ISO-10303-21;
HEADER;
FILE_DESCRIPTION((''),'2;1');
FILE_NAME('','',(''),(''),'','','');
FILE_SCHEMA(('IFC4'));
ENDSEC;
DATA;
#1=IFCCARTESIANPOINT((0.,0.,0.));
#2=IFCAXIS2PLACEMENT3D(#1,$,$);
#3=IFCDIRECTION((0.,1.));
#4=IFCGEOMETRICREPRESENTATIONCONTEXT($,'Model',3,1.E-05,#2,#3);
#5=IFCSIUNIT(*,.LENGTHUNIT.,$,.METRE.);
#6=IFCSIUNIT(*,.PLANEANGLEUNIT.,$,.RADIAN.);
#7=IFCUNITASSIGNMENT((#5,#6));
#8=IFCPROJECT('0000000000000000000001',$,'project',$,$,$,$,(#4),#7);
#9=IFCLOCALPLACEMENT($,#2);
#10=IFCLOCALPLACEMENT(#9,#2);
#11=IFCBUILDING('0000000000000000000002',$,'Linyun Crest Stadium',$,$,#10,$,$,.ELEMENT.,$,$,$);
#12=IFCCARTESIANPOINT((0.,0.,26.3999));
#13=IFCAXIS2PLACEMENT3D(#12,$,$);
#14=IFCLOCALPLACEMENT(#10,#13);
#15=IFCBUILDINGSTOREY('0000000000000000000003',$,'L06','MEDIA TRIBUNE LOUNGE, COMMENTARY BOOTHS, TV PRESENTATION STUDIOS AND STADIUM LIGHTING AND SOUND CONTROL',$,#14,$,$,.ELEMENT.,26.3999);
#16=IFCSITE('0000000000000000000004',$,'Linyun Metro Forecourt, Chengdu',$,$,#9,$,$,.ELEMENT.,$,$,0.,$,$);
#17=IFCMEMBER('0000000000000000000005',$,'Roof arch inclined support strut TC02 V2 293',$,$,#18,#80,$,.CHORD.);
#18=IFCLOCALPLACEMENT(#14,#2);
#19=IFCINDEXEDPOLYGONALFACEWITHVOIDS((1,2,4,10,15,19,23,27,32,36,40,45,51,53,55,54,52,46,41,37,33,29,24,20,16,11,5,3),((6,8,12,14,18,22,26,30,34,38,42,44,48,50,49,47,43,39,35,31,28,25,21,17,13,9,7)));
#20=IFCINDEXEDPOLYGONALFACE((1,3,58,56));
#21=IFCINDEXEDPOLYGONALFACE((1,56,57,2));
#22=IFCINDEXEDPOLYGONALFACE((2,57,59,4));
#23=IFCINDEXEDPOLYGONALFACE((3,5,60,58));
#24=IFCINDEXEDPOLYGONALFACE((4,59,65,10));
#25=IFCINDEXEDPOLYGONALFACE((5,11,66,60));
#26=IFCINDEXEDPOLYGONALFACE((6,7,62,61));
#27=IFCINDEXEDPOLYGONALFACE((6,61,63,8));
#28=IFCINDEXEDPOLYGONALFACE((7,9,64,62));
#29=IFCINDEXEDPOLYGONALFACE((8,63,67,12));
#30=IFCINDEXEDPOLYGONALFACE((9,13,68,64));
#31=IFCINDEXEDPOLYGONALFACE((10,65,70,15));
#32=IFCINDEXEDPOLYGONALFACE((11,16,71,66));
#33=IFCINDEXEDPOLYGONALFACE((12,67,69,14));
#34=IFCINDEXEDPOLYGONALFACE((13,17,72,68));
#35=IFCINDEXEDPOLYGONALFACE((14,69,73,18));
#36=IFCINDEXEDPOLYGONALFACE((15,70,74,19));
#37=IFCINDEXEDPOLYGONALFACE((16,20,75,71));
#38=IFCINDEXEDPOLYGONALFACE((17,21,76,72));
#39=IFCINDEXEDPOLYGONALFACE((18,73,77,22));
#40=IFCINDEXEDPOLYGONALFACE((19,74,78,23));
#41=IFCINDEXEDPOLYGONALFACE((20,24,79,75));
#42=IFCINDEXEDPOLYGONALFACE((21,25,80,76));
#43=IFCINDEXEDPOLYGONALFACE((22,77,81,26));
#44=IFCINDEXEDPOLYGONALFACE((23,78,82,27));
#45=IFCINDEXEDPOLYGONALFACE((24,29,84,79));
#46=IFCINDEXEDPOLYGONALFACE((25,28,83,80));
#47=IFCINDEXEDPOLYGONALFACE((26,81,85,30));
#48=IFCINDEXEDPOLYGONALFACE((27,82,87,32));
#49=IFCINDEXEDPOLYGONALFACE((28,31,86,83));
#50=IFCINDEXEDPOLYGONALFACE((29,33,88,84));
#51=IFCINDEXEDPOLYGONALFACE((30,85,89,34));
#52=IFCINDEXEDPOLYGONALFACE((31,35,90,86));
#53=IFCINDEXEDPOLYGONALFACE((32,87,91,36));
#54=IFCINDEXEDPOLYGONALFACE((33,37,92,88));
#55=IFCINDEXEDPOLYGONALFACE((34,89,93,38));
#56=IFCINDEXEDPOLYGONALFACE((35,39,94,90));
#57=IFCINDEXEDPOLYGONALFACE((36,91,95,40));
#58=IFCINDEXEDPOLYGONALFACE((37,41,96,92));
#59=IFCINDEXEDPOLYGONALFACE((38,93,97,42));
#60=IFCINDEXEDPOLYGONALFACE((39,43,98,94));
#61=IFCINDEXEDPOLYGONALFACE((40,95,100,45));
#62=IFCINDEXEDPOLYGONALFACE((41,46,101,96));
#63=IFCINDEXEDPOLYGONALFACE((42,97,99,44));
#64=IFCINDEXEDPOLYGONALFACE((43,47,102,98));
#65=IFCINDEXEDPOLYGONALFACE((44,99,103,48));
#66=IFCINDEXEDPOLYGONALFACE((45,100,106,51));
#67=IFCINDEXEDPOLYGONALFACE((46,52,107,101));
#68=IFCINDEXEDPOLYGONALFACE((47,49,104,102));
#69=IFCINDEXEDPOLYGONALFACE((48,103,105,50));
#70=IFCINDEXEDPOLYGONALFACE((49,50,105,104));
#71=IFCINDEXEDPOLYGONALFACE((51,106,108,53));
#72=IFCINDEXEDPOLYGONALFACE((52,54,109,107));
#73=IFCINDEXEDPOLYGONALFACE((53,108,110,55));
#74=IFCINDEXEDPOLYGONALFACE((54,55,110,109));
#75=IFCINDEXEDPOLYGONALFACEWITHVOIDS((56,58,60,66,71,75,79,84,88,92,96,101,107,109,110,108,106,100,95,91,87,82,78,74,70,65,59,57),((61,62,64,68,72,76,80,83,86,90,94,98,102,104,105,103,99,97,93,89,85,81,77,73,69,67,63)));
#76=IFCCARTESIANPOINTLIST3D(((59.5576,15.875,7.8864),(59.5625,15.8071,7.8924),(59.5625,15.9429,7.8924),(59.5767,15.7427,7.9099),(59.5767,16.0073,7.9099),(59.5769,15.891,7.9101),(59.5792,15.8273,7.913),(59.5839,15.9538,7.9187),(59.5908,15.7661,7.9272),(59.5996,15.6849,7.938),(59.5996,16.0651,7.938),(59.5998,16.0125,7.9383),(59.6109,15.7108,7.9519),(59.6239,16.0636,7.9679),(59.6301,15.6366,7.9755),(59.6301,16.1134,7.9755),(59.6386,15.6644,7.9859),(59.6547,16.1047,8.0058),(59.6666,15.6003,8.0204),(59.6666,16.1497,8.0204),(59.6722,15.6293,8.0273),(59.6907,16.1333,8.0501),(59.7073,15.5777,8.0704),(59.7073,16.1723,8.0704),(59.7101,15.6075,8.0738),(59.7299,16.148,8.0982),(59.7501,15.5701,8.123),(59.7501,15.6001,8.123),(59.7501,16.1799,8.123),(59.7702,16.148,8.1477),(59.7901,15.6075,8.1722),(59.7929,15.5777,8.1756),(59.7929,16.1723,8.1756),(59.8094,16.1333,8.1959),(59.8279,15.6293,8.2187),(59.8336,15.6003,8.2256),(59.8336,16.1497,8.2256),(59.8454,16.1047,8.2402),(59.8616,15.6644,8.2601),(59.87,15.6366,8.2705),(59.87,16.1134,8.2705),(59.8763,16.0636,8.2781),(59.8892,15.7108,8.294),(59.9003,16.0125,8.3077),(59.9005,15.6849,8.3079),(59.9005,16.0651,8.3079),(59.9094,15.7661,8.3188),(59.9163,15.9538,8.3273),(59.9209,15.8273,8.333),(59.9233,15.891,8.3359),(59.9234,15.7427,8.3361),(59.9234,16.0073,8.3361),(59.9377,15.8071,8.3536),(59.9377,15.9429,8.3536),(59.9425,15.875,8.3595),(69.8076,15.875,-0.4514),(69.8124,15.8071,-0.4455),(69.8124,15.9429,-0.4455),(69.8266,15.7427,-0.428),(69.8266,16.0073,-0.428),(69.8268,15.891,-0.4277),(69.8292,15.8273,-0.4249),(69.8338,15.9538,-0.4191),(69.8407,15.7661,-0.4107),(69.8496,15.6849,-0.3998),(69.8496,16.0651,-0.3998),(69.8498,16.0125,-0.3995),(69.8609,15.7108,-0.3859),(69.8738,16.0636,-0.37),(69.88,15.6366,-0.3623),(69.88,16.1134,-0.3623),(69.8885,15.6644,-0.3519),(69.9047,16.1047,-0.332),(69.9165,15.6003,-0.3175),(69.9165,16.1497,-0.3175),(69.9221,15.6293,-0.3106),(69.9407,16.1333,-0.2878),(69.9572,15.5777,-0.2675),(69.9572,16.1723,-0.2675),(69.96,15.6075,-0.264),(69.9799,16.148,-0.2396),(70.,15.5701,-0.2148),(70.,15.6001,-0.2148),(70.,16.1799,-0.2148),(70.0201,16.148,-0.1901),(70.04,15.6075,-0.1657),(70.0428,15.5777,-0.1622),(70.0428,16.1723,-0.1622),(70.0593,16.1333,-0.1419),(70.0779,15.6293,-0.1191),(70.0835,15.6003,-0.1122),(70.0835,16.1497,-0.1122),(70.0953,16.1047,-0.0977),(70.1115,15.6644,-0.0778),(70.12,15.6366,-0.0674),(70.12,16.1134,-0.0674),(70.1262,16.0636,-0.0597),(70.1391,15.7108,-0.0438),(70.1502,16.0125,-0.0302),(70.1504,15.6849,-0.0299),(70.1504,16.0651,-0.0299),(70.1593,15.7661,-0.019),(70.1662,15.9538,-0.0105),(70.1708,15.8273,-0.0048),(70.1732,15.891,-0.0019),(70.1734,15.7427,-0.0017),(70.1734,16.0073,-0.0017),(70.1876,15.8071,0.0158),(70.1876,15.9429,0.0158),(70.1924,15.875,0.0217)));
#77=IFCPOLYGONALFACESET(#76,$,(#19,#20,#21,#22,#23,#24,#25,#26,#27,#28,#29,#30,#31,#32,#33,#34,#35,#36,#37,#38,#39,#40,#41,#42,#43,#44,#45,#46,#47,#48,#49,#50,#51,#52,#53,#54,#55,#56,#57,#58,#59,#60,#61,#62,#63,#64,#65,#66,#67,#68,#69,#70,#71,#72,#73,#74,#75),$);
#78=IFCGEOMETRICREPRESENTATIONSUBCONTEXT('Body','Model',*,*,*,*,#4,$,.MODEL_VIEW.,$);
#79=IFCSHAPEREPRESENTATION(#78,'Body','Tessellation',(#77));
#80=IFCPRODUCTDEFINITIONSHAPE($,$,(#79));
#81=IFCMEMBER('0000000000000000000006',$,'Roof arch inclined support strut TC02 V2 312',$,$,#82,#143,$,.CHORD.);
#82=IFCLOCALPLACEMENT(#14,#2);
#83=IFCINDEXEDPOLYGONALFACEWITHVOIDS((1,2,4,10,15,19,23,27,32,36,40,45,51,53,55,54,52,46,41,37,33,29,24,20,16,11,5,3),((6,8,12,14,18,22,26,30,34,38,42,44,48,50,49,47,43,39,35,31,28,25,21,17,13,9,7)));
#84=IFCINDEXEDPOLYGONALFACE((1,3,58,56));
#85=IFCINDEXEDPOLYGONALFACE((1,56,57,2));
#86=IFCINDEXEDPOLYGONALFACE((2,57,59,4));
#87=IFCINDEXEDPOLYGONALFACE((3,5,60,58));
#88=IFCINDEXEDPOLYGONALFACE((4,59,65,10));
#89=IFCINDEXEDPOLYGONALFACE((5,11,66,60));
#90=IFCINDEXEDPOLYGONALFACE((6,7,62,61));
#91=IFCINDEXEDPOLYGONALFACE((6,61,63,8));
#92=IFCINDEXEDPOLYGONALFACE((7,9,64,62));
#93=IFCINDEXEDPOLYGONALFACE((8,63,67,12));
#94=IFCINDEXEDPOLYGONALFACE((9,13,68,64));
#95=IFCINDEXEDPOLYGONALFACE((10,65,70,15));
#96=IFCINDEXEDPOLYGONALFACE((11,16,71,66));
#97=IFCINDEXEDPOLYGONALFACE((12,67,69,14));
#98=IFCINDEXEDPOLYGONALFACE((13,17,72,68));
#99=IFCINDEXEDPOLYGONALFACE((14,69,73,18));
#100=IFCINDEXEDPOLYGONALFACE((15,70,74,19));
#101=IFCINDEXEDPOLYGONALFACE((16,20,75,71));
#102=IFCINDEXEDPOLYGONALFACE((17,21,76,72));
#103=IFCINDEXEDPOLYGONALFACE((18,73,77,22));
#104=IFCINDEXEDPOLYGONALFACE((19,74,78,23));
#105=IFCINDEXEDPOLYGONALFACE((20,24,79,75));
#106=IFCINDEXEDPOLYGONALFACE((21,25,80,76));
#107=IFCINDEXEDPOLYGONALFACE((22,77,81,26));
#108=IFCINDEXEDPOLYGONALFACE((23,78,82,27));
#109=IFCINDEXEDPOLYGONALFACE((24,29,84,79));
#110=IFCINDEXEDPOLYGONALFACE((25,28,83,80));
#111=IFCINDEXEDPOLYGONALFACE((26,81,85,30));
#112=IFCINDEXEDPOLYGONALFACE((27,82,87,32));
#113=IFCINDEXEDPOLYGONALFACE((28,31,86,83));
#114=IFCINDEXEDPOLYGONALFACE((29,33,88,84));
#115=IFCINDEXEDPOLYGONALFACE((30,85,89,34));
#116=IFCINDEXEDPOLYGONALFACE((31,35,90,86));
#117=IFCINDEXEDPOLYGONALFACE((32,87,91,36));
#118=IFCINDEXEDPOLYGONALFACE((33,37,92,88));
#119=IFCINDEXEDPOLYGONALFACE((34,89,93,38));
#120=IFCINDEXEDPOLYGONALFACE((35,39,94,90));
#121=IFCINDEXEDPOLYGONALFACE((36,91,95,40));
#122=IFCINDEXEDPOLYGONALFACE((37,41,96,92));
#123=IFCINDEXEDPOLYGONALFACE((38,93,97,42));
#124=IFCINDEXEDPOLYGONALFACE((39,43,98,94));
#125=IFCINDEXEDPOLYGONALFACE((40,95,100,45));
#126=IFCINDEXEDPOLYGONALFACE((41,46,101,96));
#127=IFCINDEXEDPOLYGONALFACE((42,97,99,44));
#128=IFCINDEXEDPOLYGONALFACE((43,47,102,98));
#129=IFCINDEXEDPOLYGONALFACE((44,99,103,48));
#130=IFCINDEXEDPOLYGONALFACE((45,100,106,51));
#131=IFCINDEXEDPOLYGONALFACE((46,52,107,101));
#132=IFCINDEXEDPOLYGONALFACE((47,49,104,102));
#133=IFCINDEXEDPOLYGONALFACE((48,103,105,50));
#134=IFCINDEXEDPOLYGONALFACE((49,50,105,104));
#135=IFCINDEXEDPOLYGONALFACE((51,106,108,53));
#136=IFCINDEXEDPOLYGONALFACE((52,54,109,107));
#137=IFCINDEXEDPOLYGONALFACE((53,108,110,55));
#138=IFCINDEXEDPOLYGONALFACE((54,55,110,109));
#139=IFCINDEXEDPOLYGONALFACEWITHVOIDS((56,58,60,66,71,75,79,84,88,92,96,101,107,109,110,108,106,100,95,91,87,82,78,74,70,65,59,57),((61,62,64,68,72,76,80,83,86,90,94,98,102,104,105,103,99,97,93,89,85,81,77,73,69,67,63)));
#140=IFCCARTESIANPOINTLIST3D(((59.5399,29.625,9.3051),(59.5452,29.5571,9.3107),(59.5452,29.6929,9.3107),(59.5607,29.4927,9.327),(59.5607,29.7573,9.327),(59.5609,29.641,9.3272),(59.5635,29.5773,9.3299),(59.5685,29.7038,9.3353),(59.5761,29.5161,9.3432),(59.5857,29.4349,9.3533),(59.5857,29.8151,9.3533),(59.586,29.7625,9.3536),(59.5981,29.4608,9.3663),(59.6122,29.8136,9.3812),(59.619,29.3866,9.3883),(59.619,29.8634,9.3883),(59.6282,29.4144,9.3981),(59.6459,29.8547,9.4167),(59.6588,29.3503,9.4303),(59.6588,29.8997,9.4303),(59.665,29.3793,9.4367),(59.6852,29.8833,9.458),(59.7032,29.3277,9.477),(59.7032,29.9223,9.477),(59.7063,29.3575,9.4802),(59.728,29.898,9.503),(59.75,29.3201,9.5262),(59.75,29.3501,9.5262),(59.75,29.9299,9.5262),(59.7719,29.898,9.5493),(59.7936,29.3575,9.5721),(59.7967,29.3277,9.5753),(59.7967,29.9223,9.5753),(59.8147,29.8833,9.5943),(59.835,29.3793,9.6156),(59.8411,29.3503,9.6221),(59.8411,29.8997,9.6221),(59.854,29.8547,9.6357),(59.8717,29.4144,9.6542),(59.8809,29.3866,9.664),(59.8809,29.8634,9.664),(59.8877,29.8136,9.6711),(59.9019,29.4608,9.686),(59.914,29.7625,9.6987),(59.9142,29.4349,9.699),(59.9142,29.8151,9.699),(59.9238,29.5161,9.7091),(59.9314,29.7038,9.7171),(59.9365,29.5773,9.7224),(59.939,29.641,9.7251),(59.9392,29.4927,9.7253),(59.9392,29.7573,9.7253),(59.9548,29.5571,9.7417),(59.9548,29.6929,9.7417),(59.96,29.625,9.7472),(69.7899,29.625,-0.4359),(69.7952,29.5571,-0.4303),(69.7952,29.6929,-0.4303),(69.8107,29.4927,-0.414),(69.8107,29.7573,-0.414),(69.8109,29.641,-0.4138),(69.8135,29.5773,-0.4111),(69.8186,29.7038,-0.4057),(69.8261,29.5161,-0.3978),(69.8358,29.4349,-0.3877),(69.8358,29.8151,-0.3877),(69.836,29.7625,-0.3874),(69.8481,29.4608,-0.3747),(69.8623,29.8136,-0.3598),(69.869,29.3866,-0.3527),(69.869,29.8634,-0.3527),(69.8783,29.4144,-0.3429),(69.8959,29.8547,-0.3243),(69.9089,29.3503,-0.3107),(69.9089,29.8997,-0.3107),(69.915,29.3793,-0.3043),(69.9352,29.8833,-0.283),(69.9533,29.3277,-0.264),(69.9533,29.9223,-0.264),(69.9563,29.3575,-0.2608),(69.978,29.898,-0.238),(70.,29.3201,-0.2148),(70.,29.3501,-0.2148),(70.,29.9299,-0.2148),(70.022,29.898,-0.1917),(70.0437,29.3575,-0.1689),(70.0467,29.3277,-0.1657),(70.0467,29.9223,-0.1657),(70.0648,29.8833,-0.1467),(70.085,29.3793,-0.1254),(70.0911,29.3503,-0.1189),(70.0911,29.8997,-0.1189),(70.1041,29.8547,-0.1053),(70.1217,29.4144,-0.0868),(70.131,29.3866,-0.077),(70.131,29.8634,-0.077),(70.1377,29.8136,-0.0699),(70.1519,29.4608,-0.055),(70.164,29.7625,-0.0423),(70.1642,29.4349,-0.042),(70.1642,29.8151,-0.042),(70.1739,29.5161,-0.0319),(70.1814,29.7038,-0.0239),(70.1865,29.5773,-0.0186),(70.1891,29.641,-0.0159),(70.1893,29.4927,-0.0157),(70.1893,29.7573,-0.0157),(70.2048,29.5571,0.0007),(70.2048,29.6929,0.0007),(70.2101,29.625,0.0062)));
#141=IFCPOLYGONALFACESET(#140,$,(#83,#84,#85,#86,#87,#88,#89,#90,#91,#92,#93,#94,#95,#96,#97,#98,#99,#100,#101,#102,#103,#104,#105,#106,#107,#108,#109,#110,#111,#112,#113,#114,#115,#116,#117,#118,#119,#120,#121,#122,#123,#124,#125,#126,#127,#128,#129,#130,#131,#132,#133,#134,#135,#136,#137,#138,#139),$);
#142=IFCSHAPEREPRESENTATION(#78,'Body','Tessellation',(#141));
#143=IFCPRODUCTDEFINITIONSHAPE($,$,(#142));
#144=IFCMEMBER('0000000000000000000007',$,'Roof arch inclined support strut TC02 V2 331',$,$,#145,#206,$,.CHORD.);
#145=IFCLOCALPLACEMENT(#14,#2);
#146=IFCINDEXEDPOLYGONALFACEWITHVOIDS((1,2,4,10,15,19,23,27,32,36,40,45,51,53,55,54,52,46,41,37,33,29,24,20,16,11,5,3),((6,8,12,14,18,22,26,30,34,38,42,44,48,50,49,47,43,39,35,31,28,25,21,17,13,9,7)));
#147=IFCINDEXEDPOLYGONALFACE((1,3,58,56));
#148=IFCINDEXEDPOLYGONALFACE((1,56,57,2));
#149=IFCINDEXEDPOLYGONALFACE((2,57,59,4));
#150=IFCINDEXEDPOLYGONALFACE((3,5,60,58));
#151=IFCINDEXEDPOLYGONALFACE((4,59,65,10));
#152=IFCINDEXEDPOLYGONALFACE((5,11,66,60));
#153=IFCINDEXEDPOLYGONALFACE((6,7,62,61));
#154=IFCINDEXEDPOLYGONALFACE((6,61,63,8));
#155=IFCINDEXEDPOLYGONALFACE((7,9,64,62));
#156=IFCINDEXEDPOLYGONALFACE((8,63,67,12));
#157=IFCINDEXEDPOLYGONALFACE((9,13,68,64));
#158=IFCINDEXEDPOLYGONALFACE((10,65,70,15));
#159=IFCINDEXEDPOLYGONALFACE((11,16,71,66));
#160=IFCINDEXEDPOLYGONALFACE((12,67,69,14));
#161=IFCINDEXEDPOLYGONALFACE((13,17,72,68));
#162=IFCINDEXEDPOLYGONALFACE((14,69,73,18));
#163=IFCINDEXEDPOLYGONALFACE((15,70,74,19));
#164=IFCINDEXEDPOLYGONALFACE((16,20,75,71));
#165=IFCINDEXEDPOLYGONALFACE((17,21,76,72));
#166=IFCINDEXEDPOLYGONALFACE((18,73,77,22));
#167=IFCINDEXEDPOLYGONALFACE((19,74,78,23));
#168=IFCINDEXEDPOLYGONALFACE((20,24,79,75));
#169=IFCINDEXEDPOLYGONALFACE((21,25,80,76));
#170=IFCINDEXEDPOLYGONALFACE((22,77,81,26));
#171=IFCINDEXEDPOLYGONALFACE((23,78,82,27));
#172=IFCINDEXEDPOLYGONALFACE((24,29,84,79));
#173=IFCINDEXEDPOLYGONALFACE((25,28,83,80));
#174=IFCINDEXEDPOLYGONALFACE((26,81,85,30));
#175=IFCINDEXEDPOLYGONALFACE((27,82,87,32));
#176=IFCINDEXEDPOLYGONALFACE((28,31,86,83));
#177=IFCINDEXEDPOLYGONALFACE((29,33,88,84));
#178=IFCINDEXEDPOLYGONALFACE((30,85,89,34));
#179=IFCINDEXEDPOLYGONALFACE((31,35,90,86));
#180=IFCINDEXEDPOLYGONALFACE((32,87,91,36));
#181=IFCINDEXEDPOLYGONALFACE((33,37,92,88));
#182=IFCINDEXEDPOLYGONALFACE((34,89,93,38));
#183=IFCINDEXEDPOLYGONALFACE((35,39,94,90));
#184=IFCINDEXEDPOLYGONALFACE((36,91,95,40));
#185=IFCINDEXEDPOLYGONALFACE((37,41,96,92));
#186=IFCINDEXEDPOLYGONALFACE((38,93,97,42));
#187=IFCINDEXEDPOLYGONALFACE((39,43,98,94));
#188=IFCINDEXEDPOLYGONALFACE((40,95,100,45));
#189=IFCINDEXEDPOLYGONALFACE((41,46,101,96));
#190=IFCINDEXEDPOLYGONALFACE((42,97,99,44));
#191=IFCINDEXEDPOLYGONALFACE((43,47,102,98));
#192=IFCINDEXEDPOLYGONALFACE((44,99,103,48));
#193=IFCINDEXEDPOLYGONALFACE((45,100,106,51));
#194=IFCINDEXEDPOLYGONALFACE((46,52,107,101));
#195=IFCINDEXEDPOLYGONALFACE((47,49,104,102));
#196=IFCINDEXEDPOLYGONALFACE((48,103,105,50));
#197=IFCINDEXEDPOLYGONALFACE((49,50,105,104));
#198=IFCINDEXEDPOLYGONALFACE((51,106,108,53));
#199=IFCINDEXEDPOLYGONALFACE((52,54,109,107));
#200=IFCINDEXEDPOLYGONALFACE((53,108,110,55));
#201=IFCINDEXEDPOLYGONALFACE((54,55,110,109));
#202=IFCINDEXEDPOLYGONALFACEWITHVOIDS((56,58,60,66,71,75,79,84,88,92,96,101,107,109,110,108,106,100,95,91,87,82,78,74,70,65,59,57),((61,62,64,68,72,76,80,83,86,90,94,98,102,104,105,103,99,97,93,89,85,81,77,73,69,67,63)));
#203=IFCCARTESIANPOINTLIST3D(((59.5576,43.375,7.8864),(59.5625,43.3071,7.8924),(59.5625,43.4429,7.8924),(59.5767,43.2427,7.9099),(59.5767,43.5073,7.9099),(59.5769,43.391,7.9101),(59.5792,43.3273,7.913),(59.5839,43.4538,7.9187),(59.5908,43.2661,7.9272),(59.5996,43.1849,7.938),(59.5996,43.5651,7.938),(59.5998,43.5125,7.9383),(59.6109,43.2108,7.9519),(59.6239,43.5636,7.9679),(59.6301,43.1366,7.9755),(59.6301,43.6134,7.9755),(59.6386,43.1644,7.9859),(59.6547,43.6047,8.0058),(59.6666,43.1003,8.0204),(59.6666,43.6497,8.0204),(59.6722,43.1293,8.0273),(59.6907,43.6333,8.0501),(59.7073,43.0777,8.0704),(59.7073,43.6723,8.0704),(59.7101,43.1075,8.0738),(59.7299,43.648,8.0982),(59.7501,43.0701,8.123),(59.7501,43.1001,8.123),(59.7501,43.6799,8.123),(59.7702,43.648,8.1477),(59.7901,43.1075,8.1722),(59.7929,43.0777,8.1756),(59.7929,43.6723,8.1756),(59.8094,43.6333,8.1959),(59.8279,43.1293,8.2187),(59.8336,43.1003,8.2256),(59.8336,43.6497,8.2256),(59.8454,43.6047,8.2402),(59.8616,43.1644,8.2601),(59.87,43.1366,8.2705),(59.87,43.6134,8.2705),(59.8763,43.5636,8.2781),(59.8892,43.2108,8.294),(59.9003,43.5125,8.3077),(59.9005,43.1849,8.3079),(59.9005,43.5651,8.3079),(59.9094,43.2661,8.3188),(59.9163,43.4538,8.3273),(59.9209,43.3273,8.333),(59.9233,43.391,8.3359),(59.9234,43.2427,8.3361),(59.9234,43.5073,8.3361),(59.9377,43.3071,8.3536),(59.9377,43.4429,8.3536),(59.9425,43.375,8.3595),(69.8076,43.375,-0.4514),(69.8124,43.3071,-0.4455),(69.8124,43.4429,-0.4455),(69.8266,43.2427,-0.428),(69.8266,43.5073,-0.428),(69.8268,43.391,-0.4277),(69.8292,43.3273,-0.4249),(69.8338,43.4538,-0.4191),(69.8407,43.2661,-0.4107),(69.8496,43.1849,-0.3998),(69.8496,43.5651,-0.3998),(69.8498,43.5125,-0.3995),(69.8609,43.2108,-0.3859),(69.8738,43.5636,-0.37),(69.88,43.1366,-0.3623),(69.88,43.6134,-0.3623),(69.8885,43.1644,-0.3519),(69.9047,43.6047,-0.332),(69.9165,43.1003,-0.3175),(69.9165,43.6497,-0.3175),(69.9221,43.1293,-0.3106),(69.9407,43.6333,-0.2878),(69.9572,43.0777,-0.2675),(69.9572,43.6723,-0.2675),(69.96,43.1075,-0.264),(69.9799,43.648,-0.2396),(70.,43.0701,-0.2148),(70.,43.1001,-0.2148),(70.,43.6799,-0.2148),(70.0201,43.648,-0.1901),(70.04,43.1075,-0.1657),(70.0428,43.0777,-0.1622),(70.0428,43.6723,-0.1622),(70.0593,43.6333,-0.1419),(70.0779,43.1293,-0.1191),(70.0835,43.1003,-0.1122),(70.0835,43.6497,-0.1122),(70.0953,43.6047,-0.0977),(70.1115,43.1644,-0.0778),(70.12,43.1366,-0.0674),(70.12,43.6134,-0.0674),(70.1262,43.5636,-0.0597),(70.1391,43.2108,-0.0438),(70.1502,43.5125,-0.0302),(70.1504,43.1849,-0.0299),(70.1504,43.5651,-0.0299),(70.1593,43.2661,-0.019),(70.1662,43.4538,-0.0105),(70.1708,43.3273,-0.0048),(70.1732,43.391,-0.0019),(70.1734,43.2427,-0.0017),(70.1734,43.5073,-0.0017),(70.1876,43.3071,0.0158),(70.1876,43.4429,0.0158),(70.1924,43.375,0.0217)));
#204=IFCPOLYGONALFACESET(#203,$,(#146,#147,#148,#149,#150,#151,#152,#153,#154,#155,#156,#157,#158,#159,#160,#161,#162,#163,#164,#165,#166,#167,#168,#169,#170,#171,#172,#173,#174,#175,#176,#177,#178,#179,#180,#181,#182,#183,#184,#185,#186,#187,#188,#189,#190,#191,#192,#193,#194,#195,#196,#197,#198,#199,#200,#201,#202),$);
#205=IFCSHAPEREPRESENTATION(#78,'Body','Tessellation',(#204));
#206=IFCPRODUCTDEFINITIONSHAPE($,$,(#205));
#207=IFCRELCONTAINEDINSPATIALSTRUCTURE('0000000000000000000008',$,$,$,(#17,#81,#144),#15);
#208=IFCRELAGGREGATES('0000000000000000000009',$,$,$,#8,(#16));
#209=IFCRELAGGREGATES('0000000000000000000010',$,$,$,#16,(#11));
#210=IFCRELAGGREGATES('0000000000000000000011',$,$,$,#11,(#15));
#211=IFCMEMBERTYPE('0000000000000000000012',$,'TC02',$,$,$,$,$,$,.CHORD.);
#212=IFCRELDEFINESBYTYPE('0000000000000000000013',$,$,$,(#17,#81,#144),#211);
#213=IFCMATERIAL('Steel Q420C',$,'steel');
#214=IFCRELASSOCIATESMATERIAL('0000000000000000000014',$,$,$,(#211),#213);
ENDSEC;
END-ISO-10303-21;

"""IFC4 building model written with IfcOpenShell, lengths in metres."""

from ifc_helpers import new_model, si_unit, direction, frame, origin, origin_2d, place, context, subcontext, project, spatial, hollow_circle, extrude, material, material_profile, profile_set, type_object, element, save


model = new_model("IFC4")

# Units and contexts
model_context = context("Model", 3, precision=1e-05, world=origin(), true_north=direction((0.0, 1.0)))
body_context = subcontext(model_context, "Body", "Model", "MODEL_VIEW")
ifc_project = project(units=[si_unit("LENGTHUNIT", "METRE"), si_unit("PLANEANGLEUNIT", "RADIAN")], contexts=[model_context])

# Site, building, storey
site_placement = place(None, origin())
site = spatial("IfcSite", under=ifc_project, at=site_placement, Name="Linyun Metro Forecourt, Chengdu", CompositionType="ELEMENT", RefElevation=0.0)
building_placement = place(site_placement, origin())
building = spatial("IfcBuilding", under=site, at=building_placement, Name="Linyun Crest Stadium", CompositionType="ELEMENT")
storey_placement = place(building_placement, frame((0.0, 0.0, 26.3999)))
storey = spatial("IfcBuildingStorey", under=building, at=storey_placement, Name="L06", Description="MEDIA TRIBUNE LOUNGE, COMMENTARY BOOTHS, TV PRESENTATION STUDIOS AND STADIUM LIGHTING AND SOUND CONTROL", CompositionType="ELEMENT", Elevation=26.3999)

# Members
ifc_material_1 = material(Name="Steel Q420C", Category="steel")
ifc_material_profile_1 = material_profile(ifc_material_1, hollow_circle(Radius=0.3049, WallThickness=0.03, at=origin_2d()), Name="CHS 610x30")
ifc_profile_set_1 = profile_set([ifc_material_profile_1], Name="Steel Q420C")
member_type_1 = type_object("IfcMemberType", Name="TC02", PredefinedType="CHORD", material=ifc_profile_set_1)
member_1_placement = place(storey_placement, frame((70.0, 15.875, -0.2148), z_axis=(-0.775752, 0.0, 0.631038), x_axis=(0.0, -1.0, 0.0)))
element("IfcMember", 1, at=member_1_placement, inside=storey, type_object=member_type_1, Name="Roof arch inclined support strut TC02 V2 293", PredefinedType="CHORD", context=body_context, shape_type="SweptSolid", body=[
    extrude(hollow_circle(Radius=0.3049, WallThickness=0.03, at=origin_2d()), origin(), (0.0, 0.0, 1.0), 13.2129),
])
member_2_placement = place(storey_placement, frame((70.0, 29.625, -0.2148), z_axis=(-0.724877, 0.0, 0.688878), x_axis=(0.0, -1.0, 0.0)))
element("IfcMember", 2, at=member_2_placement, inside=storey, type_object=member_type_1, Name="Roof arch inclined support strut TC02 V2 312", PredefinedType="CHORD", context=body_context, shape_type="SweptSolid", body=[
    extrude(hollow_circle(Radius=0.3049, WallThickness=0.03, at=origin_2d()), origin(), (0.0, 0.0, 1.0), 14.1404),
])
member_3_placement = place(storey_placement, frame((70.0, 43.375, -0.2148), z_axis=(-0.775752, 0.0, 0.631038), x_axis=(0.0, -1.0, 0.0)))
element("IfcMember", 3, at=member_3_placement, inside=storey, type_object=member_type_1, Name="Roof arch inclined support strut TC02 V2 331", PredefinedType="CHORD", context=body_context, shape_type="SweptSolid", body=[
    extrude(hollow_circle(Radius=0.3049, WallThickness=0.03, at=origin_2d()), origin(), (0.0, 0.0, 1.0), 13.2129),
])

save(model, "model.ifc")
